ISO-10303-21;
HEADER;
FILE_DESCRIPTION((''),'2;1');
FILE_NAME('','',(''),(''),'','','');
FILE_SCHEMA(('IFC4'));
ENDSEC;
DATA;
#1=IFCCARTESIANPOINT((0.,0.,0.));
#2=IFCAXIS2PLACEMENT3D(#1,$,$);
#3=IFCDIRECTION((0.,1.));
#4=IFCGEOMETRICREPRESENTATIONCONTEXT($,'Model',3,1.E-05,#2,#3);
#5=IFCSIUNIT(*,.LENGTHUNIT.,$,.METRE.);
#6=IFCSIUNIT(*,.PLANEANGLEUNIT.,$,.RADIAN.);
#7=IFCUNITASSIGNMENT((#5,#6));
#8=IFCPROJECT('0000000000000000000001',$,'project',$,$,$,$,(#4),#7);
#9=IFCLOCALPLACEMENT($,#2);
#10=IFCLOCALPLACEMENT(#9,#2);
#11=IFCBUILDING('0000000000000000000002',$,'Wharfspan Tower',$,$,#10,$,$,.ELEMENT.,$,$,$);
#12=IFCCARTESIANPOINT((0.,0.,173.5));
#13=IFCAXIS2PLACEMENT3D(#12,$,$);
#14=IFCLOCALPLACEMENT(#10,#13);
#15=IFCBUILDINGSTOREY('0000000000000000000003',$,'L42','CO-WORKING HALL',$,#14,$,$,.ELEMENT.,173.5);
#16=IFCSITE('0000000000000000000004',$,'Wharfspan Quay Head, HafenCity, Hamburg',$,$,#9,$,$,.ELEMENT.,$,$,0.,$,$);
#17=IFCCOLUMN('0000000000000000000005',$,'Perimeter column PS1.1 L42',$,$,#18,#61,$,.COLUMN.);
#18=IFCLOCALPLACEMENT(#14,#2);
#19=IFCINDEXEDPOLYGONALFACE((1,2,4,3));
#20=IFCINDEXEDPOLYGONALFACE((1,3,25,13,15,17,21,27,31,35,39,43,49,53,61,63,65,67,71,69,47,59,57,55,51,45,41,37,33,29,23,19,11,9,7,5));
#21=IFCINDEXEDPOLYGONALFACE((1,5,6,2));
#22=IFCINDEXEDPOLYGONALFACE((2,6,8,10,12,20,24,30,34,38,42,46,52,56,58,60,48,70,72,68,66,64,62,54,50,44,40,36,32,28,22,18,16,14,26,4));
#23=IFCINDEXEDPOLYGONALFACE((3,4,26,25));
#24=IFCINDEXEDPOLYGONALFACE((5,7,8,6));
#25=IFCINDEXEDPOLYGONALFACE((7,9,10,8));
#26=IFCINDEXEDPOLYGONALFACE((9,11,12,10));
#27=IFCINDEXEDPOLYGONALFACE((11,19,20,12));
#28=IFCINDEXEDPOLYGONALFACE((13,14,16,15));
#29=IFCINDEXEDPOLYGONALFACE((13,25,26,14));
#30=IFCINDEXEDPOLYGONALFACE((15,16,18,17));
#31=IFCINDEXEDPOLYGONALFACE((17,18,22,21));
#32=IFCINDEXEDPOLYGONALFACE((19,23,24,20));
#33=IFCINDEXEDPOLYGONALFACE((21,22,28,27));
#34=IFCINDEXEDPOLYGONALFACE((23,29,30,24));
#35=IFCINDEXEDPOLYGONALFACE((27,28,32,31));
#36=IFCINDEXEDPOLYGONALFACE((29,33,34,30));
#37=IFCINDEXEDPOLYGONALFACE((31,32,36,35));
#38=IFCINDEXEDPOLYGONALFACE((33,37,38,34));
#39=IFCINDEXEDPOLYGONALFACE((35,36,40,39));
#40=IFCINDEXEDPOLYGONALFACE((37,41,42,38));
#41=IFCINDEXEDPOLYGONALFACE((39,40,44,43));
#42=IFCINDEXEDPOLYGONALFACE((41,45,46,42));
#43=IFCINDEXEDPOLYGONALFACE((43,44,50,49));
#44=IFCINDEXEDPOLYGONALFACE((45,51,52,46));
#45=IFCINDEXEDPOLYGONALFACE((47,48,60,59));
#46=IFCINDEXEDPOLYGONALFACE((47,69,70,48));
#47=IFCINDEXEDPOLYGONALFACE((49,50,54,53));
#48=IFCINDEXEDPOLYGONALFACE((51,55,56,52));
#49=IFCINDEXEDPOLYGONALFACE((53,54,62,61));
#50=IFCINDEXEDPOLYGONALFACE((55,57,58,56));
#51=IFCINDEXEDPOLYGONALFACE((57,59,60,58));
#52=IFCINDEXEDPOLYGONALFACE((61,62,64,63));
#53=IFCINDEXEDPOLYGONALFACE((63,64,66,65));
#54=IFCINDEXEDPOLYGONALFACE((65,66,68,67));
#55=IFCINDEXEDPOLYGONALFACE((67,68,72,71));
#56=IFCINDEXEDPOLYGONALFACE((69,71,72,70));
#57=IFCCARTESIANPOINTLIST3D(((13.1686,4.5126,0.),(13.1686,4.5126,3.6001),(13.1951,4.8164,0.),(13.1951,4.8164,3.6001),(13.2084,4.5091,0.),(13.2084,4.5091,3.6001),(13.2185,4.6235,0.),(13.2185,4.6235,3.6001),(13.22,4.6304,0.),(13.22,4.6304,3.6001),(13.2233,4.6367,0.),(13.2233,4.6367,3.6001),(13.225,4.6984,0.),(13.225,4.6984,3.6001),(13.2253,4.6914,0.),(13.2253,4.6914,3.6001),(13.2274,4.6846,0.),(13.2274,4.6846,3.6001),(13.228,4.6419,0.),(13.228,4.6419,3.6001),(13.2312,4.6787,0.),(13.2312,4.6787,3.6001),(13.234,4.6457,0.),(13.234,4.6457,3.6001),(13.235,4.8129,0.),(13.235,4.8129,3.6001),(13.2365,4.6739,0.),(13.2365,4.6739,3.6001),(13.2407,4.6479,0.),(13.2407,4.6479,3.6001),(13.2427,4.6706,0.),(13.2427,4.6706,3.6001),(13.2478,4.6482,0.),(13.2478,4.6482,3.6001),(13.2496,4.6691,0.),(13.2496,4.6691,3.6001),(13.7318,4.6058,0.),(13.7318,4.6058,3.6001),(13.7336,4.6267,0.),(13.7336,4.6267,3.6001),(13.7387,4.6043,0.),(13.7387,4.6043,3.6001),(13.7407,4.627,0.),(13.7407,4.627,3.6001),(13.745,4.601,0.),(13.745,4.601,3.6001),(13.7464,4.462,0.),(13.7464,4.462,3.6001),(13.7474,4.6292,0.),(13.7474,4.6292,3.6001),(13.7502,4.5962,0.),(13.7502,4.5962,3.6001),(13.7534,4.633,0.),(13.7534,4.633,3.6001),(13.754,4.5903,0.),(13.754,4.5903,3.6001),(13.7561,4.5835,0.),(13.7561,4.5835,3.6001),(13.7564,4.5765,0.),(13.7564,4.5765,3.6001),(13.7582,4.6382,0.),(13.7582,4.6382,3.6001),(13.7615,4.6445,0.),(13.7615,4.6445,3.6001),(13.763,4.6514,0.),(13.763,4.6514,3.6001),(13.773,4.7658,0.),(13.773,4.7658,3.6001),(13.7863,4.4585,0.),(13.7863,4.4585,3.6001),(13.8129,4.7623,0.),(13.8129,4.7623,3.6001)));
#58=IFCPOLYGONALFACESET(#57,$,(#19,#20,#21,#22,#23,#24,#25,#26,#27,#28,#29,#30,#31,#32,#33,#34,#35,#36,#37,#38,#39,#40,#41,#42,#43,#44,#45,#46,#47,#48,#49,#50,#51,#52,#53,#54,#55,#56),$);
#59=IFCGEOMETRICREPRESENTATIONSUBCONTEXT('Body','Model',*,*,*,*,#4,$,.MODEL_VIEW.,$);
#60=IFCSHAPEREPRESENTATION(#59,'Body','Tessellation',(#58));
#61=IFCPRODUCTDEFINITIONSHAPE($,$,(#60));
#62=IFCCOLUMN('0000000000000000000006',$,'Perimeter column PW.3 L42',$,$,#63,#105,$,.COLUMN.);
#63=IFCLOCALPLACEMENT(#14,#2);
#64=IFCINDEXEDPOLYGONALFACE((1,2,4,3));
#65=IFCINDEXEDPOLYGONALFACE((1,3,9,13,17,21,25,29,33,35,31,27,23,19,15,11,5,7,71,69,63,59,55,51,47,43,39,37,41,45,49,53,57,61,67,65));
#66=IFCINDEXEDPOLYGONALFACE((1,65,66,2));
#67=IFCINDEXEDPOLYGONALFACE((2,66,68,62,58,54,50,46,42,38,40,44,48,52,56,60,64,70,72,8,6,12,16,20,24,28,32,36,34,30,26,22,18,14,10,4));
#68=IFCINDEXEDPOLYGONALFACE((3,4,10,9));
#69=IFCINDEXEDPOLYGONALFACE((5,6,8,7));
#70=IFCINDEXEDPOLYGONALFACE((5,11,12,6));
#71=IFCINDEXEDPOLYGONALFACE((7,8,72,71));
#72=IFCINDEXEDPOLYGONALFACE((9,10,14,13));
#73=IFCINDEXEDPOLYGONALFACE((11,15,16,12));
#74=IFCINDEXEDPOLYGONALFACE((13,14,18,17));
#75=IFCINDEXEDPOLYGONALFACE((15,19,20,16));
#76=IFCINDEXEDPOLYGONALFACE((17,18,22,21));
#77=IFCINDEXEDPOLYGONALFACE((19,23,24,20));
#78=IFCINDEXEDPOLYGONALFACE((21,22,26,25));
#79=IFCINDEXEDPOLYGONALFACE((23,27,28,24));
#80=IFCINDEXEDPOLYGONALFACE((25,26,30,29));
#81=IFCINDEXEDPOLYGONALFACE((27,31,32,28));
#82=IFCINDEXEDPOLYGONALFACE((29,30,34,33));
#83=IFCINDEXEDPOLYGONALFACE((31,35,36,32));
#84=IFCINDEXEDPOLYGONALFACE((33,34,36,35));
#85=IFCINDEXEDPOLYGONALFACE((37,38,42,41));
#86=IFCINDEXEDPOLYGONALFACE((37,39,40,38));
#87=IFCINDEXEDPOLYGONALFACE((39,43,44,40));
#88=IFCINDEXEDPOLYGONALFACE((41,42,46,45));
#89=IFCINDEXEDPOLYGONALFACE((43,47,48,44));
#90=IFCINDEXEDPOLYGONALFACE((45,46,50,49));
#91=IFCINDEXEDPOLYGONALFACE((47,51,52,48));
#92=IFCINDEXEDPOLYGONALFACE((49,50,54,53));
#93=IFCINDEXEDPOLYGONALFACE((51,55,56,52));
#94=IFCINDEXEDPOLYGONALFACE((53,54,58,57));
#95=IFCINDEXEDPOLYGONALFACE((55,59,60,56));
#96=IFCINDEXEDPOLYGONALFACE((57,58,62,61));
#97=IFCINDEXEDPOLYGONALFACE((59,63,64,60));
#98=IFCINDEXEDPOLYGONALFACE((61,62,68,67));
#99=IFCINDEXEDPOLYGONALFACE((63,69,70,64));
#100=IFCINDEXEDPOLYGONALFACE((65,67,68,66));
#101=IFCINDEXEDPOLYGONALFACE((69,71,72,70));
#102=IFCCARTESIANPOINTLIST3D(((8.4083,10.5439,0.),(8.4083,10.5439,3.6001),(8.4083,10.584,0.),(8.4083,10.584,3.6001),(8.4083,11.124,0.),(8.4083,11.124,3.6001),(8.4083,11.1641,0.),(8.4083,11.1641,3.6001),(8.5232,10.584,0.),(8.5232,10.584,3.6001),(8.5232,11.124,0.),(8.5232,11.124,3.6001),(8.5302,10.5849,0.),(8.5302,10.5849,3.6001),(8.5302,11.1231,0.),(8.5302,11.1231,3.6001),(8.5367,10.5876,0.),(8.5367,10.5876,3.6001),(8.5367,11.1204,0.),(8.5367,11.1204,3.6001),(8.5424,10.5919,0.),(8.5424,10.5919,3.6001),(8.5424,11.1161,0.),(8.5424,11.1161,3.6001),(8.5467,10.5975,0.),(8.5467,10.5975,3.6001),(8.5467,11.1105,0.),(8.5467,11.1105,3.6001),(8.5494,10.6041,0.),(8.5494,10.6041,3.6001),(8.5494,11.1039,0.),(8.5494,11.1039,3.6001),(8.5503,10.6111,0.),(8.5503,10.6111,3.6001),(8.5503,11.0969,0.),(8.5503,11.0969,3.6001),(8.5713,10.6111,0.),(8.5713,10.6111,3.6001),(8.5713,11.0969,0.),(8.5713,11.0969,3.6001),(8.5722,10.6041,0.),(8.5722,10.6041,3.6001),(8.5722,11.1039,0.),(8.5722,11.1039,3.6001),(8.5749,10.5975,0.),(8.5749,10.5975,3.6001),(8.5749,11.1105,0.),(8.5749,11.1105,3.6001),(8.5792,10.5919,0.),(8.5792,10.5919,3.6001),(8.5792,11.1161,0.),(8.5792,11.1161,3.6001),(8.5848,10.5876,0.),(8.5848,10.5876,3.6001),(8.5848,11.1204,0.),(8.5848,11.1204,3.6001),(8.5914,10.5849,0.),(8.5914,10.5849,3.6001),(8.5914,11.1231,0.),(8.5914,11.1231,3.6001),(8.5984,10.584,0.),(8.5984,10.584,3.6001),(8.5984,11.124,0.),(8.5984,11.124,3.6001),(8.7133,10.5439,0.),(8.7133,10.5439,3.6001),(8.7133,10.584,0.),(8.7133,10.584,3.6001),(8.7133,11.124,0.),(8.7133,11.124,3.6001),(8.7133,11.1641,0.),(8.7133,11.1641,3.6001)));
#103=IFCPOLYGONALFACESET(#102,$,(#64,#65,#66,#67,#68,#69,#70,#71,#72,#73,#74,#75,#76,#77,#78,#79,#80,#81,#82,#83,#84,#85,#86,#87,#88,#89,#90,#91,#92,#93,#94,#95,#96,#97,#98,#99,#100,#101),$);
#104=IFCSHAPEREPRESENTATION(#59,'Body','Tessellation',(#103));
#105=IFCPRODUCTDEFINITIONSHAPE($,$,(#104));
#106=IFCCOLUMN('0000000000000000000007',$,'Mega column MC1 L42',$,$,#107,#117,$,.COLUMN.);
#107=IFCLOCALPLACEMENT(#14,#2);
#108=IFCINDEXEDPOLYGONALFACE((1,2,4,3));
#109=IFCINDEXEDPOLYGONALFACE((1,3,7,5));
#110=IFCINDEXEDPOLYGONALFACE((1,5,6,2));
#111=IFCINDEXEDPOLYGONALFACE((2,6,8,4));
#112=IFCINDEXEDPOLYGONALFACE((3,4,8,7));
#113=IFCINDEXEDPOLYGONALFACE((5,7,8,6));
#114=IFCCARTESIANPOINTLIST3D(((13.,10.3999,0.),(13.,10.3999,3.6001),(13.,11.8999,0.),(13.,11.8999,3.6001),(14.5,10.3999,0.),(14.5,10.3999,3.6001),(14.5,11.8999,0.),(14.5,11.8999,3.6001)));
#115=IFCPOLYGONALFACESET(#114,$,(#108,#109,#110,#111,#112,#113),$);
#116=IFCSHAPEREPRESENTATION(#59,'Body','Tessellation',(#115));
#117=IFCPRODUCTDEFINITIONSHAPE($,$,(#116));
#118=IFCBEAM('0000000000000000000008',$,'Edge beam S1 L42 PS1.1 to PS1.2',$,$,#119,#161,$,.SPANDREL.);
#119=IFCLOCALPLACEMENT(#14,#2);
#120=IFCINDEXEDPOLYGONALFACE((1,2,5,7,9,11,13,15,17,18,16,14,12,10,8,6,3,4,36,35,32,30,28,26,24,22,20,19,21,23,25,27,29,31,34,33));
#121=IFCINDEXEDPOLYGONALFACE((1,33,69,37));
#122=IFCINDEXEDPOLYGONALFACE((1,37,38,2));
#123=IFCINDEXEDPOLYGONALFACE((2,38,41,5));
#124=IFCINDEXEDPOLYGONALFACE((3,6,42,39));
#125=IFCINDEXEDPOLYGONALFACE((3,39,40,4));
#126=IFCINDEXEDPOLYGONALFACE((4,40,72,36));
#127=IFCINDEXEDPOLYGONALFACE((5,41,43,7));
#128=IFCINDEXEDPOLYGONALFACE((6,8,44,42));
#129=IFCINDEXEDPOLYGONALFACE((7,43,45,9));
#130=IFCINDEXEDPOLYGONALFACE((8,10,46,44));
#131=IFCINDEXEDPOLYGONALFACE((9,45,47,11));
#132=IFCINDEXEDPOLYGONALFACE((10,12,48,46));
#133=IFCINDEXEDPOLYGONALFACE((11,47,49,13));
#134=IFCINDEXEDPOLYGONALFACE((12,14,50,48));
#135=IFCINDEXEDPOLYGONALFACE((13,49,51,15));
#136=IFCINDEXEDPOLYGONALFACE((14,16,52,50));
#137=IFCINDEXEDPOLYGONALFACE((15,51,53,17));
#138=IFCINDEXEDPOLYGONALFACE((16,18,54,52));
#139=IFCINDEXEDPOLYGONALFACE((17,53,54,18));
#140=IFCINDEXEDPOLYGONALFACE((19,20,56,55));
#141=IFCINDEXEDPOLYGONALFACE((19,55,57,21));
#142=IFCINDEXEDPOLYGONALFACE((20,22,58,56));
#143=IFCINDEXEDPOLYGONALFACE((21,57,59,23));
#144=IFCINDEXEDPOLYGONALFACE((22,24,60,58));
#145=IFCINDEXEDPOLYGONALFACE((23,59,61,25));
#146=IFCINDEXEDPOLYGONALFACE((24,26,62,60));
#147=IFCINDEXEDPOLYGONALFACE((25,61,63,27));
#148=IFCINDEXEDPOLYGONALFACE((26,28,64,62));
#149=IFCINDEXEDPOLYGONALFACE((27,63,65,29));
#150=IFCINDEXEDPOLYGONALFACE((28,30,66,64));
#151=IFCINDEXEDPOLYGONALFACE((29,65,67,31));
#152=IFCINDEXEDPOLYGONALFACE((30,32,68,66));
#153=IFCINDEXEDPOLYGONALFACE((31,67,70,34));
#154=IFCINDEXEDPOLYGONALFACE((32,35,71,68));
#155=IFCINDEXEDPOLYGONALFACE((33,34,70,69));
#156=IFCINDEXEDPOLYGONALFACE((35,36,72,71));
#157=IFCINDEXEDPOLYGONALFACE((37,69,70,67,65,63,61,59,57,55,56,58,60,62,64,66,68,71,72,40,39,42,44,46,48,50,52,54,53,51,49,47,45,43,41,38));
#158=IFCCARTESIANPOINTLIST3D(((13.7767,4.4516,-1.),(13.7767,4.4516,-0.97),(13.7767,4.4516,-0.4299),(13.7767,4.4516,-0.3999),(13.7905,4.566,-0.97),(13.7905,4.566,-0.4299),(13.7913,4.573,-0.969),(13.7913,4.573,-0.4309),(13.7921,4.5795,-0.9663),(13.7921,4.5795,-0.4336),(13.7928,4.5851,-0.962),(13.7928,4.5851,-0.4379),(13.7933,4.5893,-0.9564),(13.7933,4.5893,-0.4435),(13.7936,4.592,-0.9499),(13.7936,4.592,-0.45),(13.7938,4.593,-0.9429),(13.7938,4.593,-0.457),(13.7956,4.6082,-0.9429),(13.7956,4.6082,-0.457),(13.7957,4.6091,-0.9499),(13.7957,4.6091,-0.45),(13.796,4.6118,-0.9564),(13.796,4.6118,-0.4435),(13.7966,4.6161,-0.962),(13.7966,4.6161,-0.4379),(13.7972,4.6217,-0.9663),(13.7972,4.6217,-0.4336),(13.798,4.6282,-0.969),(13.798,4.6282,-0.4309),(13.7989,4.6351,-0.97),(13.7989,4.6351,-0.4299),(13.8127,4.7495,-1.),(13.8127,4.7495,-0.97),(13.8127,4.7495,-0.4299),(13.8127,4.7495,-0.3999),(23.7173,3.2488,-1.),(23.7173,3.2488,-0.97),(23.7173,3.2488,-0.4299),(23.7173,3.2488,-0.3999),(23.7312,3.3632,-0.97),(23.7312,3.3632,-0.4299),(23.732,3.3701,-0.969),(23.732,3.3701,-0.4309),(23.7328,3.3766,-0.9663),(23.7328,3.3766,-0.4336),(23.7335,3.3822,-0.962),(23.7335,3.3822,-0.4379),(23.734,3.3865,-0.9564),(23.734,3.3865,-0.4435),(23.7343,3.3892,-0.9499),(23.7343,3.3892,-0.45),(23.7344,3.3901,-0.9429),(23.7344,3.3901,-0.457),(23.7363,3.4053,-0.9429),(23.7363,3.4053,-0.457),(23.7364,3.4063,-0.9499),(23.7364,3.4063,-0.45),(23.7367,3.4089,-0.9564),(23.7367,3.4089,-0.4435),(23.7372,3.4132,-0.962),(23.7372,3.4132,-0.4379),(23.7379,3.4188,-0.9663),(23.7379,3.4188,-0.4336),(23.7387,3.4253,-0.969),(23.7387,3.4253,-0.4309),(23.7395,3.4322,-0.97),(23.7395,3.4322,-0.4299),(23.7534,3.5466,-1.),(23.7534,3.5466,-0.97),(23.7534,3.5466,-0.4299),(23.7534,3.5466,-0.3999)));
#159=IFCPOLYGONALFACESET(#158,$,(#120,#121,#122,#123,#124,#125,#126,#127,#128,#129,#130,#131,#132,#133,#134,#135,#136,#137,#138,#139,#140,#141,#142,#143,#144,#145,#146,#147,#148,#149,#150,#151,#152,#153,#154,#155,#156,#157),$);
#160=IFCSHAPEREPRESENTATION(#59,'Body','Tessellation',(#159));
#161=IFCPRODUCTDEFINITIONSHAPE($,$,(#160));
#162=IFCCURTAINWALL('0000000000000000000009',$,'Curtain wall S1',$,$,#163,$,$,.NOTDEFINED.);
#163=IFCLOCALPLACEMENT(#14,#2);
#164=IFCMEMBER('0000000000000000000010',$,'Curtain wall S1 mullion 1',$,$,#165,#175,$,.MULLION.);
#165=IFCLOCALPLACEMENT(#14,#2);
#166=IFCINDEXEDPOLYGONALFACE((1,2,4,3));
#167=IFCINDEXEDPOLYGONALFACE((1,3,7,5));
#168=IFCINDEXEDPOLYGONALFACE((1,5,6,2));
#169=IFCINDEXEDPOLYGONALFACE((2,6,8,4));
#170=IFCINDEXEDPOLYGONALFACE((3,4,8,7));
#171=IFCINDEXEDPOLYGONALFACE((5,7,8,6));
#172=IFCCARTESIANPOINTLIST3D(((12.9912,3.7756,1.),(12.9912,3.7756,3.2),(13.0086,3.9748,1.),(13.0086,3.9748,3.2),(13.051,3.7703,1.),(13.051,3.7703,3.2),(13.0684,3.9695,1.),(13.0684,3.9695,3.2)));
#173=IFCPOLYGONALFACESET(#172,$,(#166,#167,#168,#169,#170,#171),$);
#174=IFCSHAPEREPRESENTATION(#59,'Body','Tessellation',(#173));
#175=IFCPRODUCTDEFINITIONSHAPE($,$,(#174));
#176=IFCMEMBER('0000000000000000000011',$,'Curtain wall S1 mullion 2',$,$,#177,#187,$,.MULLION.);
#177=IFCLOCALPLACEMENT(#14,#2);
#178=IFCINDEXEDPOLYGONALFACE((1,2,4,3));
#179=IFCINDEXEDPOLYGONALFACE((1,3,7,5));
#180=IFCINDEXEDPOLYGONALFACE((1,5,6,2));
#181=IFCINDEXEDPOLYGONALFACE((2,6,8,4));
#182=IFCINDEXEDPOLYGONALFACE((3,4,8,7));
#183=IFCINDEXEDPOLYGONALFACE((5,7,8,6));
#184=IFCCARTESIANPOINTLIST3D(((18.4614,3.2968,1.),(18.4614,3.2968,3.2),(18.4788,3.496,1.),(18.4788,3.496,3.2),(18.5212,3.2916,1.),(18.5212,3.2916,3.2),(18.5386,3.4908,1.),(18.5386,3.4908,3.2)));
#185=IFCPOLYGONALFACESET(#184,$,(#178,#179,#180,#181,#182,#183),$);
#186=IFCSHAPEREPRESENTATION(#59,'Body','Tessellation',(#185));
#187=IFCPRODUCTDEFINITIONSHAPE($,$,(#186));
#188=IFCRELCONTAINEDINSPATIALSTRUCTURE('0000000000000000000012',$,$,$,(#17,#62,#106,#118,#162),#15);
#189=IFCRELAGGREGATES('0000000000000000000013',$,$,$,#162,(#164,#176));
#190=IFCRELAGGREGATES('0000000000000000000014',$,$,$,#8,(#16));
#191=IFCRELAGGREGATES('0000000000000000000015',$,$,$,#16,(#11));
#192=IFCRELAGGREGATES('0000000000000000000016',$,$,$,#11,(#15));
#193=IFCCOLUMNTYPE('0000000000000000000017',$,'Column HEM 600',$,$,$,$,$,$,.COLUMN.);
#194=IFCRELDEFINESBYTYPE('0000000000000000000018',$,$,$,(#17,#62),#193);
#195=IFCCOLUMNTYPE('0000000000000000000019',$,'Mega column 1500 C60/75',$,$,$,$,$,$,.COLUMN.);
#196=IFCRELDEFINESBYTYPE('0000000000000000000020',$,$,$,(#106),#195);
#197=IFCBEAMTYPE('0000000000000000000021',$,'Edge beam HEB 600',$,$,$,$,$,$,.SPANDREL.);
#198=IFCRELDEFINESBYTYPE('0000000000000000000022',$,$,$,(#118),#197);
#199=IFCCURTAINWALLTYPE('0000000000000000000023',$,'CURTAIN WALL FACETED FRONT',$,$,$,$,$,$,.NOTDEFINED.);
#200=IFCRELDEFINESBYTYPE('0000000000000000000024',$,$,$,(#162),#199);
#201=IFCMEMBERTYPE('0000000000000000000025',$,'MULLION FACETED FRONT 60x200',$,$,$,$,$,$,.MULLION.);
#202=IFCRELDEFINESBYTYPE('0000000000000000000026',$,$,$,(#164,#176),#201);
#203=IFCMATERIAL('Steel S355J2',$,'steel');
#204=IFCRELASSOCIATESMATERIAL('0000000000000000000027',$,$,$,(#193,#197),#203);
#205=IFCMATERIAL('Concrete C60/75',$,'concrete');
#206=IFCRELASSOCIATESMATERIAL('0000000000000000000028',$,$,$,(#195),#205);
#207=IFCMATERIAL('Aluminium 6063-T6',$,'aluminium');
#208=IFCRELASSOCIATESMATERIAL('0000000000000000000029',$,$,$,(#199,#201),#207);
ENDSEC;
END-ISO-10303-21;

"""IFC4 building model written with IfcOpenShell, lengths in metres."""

from ifc_helpers import new_model, si_unit, direction, frame, origin, origin_2d, place, context, subcontext, project, spatial, rectangle, i_section, extrude, material, material_profile, profile_set, type_object, element, aggregate, save


model = new_model("IFC4")

# Units and contexts
model_context = context("Model", 3, precision=1e-05, world=origin(), true_north=direction((0.0, 1.0)))
body_context = subcontext(model_context, "Body", "Model", "MODEL_VIEW")
ifc_project = project(units=[si_unit("LENGTHUNIT", "METRE"), si_unit("PLANEANGLEUNIT", "RADIAN")], contexts=[model_context])

# Site, building, storey
site_placement = place(None, origin())
site = spatial("IfcSite", under=ifc_project, at=site_placement, Name="Wharfspan Quay Head, HafenCity, Hamburg", CompositionType="ELEMENT", RefElevation=0.0)
building_placement = place(site_placement, origin())
building = spatial("IfcBuilding", under=site, at=building_placement, Name="Wharfspan Tower", CompositionType="ELEMENT")
storey_placement = place(building_placement, frame((0.0, 0.0, 173.5)))
storey = spatial("IfcBuildingStorey", under=building, at=storey_placement, Name="L42", Description="CO-WORKING HALL", CompositionType="ELEMENT", Elevation=173.5)

# Columns
ifc_material_1 = material(Name="Steel S355J2", Category="steel")
ifc_material_profile_1 = material_profile(ifc_material_1, i_section(OverallWidth=0.3049, OverallDepth=0.6201, WebThickness=0.021, FlangeThickness=0.04, FilletRadius=0.0271, at=origin_2d()))
ifc_profile_set_1 = profile_set([ifc_material_profile_1], Name="Steel S355J2")
column_type_1 = type_object("IfcColumnType", Name="Column HEM 600", PredefinedType="COLUMN", material=ifc_profile_set_1)
for number, where, z_axis, x_axis, name in (
    (1, (13.4907, 4.6375, 0.0), (0.0, 0.0, 1.0), (-0.087156, -0.996198, 0.0), "Perimeter column PS1.1 L42"),
    (2, (8.5608, 10.854, 0.0), (0.0, 0.0, 1.0), (-1.0, 0.0, 0.0), "Perimeter column PW.3 L42"),
):
    element("IfcColumn", number, at=place(storey_placement, frame(where, z_axis=z_axis, x_axis=x_axis)), inside=storey, type_object=column_type_1, Name=name, PredefinedType="COLUMN", context=body_context, shape_type="SweptSolid", body=[
        extrude(i_section(OverallWidth=0.3049, OverallDepth=0.6201, WebThickness=0.021, FlangeThickness=0.04, FilletRadius=0.0271, at=origin_2d()), origin(), (0.0, 0.0, 1.0), 3.6001),
    ])
ifc_material_2 = material(Name="Concrete C60/75", Category="concrete")
ifc_material_profile_2 = material_profile(ifc_material_2, rectangle(XDim=1.5, YDim=1.5, at=origin_2d()))
ifc_profile_set_2 = profile_set([ifc_material_profile_2], Name="Concrete C60/75")
column_type_2 = type_object("IfcColumnType", Name="Mega column 1500 C60/75", PredefinedType="COLUMN", material=ifc_profile_set_2)
column_placement = place(storey_placement, frame((13.75, 11.1499, 0.0), z_axis=(0.0, 0.0, 1.0), x_axis=(1.0, 0.0, 0.0)))
element("IfcColumn", 3, at=column_placement, inside=storey, type_object=column_type_2, Name="Mega column MC1 L42", PredefinedType="COLUMN", context=body_context, shape_type="SweptSolid", body=[
    extrude(rectangle(XDim=1.5, YDim=1.5, at=origin_2d()), origin(), (0.0, 0.0, 1.0), 3.6001),
])

# Beam
ifc_material_profile_3 = material_profile(ifc_material_1, i_section(OverallWidth=0.3, OverallDepth=0.6001, WebThickness=0.0154, FlangeThickness=0.03, FilletRadius=0.0271, at=origin_2d()))
ifc_profile_set_3 = profile_set([ifc_material_profile_3], Name="Steel S355J2")
beam_type = type_object("IfcBeamType", Name="Edge beam HEB 600", PredefinedType="SPANDREL", material=ifc_profile_set_3)
beam_placement = place(storey_placement, frame((13.7947, 4.6006, -0.7), z_axis=(0.992758, -0.12013, 0.0), x_axis=(0.12013, 0.992758, 0.0)))
element("IfcBeam", 4, at=beam_placement, inside=storey, type_object=beam_type, Name="Edge beam S1 L42 PS1.1 to PS1.2", PredefinedType="SPANDREL", context=body_context, shape_type="SweptSolid", body=[
    extrude(i_section(OverallWidth=0.3, OverallDepth=0.6001, WebThickness=0.0154, FlangeThickness=0.03, FilletRadius=0.0271, at=origin_2d()), origin(), (0.0, 0.0, 1.0), 10.0132),
])

# Curtain wall, members
ifc_material_3 = material(Name="Aluminium 6063-T6", Category="aluminium")
curtain_wall_type_1 = type_object("IfcCurtainWallType", Name="CURTAIN WALL FACETED FRONT", PredefinedType="NOTDEFINED", material=ifc_material_3)
curtain_wall_1_placement = place(storey_placement, origin())
curtain_wall_1 = element("IfcCurtainWall", 5, at=curtain_wall_1_placement, inside=storey, type_object=curtain_wall_type_1, Name="Curtain wall S1", PredefinedType="NOTDEFINED")
ifc_material_profile_4 = material_profile(ifc_material_3, rectangle(XDim=0.2, YDim=0.0601, at=origin_2d()))
ifc_profile_set_4 = profile_set([ifc_material_profile_4], Name="Aluminium 6063-T6")
member_type_1 = type_object("IfcMemberType", Name="MULLION FACETED FRONT 60x200", PredefinedType="MULLION", material=ifc_profile_set_4)
member_1_placement = place(storey_placement, frame((13.0298, 3.8726, 1.0), z_axis=(0.0, 0.0, 1.0), x_axis=(0.087156, 0.996198, 0.0)))
member_1 = element("IfcMember", 6, at=member_1_placement, type_object=member_type_1, Name="Curtain wall S1 mullion 1", PredefinedType="MULLION", context=body_context, shape_type="SweptSolid", body=[
    extrude(rectangle(XDim=0.2, YDim=0.0601, at=origin_2d()), origin(), (0.0, 0.0, 1.0), 2.2),
])
member_2_placement = place(storey_placement, frame((18.5, 3.3938, 1.0), z_axis=(0.0, 0.0, 1.0), x_axis=(0.087156, 0.996198, 0.0)))
member_2 = element("IfcMember", 7, at=member_2_placement, type_object=member_type_1, Name="Curtain wall S1 mullion 2", PredefinedType="MULLION", context=body_context, shape_type="SweptSolid", body=[
    extrude(rectangle(XDim=0.2, YDim=0.0601, at=origin_2d()), origin(), (0.0, 0.0, 1.0), 2.2),
])

aggregate(curtain_wall_1, [member_1, member_2])

save(model, "model.ifc")
